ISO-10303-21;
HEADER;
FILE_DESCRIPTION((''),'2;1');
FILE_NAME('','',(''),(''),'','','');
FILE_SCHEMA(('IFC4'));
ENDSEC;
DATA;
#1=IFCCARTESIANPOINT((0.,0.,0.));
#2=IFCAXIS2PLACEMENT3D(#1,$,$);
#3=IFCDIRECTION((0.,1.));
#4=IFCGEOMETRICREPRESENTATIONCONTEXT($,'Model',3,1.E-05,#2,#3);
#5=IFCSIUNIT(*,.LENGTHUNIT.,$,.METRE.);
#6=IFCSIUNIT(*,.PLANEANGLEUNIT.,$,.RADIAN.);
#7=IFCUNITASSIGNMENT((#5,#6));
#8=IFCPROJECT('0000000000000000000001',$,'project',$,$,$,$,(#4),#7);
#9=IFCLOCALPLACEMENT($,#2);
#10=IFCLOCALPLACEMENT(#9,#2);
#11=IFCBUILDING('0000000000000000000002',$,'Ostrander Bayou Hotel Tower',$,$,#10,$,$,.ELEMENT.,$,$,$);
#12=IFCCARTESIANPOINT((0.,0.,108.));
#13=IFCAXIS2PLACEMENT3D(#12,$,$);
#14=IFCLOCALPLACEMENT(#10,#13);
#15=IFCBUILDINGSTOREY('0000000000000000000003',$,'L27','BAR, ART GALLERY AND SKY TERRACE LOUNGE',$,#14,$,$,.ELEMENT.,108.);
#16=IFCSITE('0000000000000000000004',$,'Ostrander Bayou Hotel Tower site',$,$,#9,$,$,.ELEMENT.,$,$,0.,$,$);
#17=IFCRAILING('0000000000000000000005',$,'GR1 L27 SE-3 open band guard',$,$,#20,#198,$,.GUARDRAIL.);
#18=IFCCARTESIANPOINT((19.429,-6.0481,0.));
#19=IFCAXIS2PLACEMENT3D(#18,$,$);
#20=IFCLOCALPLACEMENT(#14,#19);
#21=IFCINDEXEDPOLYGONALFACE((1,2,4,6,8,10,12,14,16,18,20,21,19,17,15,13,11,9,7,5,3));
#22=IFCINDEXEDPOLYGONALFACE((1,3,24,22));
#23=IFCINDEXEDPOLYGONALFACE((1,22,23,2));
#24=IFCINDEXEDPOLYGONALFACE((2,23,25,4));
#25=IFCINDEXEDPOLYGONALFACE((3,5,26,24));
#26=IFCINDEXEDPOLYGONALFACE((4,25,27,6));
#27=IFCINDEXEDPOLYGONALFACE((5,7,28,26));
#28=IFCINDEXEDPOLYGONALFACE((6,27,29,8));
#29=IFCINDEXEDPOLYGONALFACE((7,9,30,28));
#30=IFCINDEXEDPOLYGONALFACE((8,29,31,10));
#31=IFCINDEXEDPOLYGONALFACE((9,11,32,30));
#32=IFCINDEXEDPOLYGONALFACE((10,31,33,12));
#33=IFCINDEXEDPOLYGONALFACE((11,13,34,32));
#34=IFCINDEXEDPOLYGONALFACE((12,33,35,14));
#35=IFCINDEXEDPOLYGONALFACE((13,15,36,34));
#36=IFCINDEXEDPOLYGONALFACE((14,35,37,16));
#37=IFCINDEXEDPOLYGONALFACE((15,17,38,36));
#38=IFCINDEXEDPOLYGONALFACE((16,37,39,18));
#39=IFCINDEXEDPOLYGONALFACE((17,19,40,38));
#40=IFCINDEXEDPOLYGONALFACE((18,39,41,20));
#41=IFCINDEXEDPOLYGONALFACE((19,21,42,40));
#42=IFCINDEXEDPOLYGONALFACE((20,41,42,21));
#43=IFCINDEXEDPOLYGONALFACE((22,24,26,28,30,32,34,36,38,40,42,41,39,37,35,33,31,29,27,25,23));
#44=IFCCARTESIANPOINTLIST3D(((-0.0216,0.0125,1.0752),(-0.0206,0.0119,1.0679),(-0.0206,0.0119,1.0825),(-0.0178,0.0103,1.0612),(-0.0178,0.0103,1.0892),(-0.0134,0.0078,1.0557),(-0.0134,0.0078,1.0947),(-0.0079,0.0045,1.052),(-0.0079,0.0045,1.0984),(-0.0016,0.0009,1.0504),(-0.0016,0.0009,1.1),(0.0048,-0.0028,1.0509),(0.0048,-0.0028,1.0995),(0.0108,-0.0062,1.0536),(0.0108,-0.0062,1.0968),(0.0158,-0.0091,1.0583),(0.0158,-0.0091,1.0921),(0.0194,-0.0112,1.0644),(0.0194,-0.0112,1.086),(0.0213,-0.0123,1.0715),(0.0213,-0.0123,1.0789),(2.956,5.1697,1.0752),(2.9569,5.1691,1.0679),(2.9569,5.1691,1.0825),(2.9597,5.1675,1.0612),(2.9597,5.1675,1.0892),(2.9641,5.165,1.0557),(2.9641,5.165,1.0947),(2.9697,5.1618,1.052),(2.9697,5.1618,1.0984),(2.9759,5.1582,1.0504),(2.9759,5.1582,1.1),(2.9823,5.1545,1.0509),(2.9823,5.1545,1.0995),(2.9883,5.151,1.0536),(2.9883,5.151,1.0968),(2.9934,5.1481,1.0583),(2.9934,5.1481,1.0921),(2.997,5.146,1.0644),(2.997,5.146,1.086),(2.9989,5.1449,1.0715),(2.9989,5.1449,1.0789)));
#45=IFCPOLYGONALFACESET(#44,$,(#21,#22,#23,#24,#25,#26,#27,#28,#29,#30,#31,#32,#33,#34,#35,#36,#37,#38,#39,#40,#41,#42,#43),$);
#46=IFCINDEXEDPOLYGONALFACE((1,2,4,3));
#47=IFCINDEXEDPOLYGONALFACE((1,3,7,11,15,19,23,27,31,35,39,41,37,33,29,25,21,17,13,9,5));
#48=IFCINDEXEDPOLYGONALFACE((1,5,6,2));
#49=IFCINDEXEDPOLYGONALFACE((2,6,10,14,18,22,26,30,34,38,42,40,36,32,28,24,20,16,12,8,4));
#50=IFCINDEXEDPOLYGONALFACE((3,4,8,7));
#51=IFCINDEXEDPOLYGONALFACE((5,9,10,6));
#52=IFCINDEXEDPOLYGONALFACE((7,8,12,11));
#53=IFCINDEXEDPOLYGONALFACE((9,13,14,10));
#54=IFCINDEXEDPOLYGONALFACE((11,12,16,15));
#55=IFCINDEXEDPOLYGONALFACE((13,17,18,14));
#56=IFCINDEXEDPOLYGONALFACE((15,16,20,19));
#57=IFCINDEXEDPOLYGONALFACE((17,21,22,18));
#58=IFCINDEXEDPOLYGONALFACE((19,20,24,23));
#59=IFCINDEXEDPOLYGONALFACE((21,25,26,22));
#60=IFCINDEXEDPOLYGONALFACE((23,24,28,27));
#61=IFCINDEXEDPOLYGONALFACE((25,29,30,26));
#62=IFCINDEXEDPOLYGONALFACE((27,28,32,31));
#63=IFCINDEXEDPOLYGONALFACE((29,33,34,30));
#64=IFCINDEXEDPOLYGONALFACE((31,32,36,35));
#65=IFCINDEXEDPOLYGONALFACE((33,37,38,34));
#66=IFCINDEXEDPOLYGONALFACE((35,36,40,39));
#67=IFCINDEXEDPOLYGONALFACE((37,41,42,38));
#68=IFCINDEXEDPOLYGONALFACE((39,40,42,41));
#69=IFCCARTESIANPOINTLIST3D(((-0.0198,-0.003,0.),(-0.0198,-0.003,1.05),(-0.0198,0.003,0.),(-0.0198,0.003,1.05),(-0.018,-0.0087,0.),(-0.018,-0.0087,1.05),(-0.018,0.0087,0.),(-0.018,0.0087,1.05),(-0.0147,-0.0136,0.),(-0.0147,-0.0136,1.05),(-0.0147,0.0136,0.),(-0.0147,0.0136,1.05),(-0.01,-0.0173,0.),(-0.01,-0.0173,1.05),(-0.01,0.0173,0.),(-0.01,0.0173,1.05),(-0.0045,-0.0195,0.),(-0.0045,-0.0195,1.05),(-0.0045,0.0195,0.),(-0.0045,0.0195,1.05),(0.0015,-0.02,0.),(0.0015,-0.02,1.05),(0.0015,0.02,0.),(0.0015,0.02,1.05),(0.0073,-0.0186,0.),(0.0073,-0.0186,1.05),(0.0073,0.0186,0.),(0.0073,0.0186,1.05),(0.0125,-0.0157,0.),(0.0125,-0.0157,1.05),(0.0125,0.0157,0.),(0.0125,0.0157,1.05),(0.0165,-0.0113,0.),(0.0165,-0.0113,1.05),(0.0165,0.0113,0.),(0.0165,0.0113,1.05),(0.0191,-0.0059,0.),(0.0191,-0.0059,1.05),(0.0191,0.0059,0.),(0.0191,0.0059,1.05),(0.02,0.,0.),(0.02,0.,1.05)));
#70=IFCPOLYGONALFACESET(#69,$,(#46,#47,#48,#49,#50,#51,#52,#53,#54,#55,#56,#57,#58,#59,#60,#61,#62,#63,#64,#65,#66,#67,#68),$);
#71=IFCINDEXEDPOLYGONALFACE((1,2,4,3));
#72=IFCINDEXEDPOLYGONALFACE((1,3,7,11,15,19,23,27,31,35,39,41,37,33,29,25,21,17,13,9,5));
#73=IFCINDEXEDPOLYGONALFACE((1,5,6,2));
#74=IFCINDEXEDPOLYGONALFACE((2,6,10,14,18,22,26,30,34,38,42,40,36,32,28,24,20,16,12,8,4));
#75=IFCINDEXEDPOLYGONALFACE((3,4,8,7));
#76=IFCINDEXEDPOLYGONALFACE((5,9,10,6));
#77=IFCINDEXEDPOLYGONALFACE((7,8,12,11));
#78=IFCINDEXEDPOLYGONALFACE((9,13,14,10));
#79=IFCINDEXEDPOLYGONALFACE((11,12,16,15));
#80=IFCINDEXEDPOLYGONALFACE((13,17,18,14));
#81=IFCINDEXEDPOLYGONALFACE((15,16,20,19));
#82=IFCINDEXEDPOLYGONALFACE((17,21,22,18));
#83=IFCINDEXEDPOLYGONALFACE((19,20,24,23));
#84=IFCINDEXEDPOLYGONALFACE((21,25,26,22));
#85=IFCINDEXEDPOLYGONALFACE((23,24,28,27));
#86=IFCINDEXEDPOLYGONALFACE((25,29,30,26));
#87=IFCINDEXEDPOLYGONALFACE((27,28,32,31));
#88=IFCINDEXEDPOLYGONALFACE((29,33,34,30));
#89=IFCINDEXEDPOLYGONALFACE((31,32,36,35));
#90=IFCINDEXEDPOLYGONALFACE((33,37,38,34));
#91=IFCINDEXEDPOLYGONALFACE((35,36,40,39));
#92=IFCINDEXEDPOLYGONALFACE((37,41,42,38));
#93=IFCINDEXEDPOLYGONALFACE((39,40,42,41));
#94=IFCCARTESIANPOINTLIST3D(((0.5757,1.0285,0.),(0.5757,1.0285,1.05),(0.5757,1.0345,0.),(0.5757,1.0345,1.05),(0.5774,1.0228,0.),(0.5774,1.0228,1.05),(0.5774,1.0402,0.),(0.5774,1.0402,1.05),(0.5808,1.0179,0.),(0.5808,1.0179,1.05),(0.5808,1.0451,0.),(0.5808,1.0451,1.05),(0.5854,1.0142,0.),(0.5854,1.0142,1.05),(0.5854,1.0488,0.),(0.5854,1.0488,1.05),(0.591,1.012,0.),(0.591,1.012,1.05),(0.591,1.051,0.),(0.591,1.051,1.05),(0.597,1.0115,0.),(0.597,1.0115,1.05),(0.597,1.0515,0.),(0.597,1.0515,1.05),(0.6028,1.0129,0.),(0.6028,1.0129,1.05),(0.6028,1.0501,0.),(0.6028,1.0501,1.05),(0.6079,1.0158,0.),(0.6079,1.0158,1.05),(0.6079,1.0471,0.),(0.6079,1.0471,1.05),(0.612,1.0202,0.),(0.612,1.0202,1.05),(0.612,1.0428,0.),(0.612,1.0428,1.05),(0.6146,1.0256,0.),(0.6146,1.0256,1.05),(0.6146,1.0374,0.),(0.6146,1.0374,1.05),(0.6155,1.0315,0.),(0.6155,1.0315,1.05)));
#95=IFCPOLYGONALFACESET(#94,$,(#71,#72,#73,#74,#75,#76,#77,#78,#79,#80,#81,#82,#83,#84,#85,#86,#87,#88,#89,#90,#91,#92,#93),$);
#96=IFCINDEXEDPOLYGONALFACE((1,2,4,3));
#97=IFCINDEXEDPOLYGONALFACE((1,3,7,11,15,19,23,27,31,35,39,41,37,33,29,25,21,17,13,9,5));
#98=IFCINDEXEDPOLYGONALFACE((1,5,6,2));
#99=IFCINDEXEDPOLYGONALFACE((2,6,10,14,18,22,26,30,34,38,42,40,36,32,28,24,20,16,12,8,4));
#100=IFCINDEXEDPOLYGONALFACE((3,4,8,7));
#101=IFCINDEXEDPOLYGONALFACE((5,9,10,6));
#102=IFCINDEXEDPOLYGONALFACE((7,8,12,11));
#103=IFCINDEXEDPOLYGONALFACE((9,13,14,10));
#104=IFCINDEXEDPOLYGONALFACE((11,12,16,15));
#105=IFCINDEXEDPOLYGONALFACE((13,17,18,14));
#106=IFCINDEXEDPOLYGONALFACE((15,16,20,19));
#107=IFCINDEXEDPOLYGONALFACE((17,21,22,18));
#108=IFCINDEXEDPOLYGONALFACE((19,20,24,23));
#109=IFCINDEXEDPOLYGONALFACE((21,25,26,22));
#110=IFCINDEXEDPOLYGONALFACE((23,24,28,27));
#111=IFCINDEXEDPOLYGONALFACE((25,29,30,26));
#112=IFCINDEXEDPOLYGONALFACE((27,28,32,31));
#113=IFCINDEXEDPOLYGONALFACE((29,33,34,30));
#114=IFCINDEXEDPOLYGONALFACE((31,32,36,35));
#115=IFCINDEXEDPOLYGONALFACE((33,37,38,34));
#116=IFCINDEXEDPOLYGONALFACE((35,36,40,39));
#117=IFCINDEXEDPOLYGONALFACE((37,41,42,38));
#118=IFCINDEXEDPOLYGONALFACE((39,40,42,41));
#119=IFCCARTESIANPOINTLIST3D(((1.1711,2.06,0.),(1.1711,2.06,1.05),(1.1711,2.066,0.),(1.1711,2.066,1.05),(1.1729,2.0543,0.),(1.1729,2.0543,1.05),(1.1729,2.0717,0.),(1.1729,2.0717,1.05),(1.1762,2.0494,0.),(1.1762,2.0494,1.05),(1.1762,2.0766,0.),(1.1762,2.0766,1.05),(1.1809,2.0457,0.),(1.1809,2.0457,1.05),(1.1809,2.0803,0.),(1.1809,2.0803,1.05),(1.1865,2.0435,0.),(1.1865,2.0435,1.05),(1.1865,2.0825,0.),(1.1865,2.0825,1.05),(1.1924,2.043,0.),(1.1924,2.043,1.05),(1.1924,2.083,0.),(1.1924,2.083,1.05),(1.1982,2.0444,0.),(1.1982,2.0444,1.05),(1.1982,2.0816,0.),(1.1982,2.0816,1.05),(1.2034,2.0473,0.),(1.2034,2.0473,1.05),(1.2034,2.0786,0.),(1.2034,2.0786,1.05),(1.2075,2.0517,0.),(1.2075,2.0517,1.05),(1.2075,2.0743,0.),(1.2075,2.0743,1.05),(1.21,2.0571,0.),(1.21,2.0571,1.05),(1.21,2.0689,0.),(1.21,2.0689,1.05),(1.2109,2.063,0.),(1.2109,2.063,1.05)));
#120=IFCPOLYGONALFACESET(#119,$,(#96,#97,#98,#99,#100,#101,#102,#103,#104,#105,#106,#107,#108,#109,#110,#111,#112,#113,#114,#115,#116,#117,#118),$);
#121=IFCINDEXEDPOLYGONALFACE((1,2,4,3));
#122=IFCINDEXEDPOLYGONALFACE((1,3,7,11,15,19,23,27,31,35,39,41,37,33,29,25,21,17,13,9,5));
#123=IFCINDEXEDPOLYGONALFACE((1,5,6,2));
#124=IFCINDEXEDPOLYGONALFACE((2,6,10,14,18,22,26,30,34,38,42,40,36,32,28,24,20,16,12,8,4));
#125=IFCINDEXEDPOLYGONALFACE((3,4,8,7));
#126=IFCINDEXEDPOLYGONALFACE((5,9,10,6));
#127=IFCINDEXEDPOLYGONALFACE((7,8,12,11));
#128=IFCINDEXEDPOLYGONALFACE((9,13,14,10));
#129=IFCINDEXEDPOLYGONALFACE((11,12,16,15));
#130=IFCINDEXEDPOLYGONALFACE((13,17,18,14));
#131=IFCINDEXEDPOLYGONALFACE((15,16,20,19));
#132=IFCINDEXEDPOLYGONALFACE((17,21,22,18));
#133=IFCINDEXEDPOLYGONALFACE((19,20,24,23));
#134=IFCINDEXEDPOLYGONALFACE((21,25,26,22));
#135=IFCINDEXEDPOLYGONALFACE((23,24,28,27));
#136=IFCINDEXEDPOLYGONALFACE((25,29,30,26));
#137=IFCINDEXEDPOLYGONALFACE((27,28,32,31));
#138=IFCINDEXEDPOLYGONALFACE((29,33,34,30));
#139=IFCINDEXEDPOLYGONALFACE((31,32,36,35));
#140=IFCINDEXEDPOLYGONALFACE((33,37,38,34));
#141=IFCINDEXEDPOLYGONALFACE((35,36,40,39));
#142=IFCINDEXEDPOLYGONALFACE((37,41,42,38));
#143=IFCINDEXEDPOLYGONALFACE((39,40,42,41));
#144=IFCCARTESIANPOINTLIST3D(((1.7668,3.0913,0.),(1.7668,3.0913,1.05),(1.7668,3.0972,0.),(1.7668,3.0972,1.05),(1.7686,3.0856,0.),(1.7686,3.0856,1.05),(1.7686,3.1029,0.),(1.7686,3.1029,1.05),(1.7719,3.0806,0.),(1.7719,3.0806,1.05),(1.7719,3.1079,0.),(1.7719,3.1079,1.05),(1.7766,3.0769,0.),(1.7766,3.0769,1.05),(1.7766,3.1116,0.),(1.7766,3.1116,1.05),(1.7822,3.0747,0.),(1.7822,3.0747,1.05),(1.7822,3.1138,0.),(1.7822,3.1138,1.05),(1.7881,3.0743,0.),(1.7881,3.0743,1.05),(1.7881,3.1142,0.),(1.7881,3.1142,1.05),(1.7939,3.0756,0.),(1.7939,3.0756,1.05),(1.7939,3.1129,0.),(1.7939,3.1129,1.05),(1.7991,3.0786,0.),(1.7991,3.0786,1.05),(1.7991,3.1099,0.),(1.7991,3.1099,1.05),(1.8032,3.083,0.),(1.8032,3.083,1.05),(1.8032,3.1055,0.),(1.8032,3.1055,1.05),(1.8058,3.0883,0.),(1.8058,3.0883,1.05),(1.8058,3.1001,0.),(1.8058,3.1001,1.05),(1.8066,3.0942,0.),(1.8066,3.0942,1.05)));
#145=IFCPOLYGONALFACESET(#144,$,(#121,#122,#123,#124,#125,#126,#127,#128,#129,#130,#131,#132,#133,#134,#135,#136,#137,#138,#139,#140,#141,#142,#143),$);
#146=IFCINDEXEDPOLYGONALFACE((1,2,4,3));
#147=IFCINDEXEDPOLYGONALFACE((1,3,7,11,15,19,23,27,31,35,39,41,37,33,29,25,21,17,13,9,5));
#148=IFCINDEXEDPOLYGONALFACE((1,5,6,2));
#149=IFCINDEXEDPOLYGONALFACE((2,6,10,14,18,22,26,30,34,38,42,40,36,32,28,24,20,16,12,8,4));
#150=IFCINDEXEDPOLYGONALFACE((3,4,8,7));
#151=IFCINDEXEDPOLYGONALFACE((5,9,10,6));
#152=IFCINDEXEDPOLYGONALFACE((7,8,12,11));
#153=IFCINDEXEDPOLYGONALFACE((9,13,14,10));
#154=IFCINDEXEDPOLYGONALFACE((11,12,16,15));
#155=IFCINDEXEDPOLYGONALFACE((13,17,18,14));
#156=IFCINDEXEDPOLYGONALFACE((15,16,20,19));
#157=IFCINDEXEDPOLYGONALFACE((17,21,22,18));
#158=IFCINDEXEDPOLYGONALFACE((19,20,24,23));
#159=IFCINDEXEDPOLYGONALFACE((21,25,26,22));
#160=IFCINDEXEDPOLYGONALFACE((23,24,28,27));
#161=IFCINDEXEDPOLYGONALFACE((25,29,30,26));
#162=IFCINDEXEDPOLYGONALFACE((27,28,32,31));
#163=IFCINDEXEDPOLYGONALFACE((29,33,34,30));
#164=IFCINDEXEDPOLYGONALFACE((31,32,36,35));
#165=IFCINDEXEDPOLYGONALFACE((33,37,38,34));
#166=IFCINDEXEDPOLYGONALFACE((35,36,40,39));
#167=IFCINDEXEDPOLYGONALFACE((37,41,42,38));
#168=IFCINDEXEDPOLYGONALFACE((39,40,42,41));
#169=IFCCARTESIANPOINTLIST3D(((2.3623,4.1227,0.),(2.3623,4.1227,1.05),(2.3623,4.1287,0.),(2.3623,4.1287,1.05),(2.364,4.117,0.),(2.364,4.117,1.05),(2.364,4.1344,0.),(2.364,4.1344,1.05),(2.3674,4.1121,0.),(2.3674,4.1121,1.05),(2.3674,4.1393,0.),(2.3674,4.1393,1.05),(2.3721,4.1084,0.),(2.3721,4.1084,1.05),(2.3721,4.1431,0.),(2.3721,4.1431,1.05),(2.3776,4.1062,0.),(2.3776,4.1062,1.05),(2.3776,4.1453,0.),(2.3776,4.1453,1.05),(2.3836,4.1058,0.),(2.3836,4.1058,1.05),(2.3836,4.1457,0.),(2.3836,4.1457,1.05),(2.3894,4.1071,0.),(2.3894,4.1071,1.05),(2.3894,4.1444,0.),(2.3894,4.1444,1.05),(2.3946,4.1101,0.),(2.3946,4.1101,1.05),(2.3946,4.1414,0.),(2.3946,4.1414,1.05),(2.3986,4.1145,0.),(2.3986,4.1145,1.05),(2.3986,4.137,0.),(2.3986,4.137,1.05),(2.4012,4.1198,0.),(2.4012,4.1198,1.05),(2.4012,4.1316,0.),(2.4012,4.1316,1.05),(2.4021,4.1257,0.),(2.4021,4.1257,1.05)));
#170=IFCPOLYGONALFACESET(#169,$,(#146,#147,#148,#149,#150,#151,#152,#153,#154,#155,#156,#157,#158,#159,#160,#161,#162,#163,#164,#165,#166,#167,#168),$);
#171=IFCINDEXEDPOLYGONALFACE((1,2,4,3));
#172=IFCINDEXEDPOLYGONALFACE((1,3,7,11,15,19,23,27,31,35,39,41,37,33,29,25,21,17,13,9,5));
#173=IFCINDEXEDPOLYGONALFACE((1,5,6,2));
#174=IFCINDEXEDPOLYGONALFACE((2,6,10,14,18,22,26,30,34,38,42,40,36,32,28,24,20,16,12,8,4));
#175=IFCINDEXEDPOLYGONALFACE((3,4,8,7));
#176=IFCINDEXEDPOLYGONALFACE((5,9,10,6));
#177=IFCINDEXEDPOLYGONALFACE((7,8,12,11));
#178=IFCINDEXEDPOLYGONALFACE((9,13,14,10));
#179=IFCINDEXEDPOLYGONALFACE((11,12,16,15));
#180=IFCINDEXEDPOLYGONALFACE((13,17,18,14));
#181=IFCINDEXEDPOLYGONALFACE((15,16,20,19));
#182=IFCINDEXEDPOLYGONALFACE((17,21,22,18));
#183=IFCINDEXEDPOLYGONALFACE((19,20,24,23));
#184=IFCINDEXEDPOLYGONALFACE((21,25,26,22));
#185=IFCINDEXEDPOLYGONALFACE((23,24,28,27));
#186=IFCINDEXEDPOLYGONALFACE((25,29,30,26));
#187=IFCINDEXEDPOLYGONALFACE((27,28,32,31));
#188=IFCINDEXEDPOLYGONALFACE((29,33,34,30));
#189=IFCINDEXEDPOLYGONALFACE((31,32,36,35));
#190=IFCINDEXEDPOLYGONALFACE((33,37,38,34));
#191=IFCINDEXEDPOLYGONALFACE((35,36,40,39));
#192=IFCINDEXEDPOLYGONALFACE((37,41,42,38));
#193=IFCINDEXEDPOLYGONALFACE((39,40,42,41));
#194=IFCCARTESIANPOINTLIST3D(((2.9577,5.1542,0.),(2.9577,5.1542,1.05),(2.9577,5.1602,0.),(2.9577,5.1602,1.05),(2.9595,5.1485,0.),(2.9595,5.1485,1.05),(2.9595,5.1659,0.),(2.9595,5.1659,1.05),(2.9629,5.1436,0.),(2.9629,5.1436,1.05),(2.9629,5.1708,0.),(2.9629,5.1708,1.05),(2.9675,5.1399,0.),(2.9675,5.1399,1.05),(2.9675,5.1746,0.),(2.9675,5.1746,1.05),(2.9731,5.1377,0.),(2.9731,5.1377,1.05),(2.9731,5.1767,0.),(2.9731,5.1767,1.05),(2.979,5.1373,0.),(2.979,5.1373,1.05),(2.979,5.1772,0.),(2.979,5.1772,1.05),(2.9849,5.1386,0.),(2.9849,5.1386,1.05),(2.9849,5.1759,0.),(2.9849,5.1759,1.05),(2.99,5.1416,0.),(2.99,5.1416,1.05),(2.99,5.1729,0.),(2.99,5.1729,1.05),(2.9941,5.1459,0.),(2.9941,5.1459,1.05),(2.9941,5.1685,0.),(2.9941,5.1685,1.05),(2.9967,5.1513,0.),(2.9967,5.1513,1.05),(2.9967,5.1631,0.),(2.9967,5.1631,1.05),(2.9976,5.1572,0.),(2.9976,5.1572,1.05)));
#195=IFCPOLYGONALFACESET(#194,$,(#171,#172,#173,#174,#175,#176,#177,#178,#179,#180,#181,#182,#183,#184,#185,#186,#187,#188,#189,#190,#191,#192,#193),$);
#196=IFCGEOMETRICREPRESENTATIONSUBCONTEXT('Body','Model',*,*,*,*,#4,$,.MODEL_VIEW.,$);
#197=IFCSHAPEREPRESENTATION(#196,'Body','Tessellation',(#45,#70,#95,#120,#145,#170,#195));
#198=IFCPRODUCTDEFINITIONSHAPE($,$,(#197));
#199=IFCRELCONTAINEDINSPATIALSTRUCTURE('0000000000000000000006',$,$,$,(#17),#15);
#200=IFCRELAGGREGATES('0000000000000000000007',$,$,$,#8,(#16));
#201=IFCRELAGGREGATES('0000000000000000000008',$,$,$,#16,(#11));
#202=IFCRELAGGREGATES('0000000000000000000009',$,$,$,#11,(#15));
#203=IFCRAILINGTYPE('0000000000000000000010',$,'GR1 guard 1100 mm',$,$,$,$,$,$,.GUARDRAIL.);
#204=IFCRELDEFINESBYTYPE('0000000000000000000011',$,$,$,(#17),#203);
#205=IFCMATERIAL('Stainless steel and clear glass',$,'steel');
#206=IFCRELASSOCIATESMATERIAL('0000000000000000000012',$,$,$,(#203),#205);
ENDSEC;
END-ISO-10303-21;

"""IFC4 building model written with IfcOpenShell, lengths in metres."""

from ifc_helpers import new_model, si_unit, direction, frame, origin, origin_2d, place, context, subcontext, project, spatial, circle, extrude, material, type_object, element, save


model = new_model("IFC4")

# Units and contexts
model_context = context("Model", 3, precision=1e-05, world=origin(), true_north=direction((0.0, 1.0)))
body_context = subcontext(model_context, "Body", "Model", "MODEL_VIEW")
ifc_project = project(units=[si_unit("LENGTHUNIT", "METRE"), si_unit("PLANEANGLEUNIT", "RADIAN")], contexts=[model_context])

# Site, building, storey
site_placement = place(None, origin())
site = spatial("IfcSite", under=ifc_project, at=site_placement, Name="Ostrander Bayou Hotel Tower site", CompositionType="ELEMENT", RefElevation=0.0)
building_placement = place(site_placement, origin())
building = spatial("IfcBuilding", under=site, at=building_placement, Name="Ostrander Bayou Hotel Tower", CompositionType="ELEMENT")
storey_placement = place(building_placement, frame((0.0, 0.0, 108.0)))
storey = spatial("IfcBuildingStorey", under=building, at=storey_placement, Name="L27", Description="BAR, ART GALLERY AND SKY TERRACE LOUNGE", CompositionType="ELEMENT", Elevation=108.0)

# Railing
ifc_material_1 = material(Name="Stainless steel and clear glass", Category="steel")
railing_type_1 = type_object("IfcRailingType", Name="GR1 guard 1100 mm", PredefinedType="GUARDRAIL", material=ifc_material_1)
railing_1_placement = place(storey_placement, frame((19.429, -6.0481, 0.0)))
element("IfcRailing", 1, at=railing_1_placement, inside=storey, type_object=railing_type_1, Name="GR1 L27 SE-3 open band guard", PredefinedType="GUARDRAIL", context=body_context, shape_type="SweptSolid", body=[
    extrude(circle(Radius=0.0249, at=origin_2d()), frame((0.0, 0.0, 1.0752), z_axis=(0.500002, 0.866024, 0.0), x_axis=(-0.866024, 0.500002, 0.0)), (0.0, 0.0, 1.0), 5.9551),
    extrude(circle(Radius=0.02, at=origin_2d()), origin(), (0.0, 0.0, 1.0), 1.05),
    extrude(circle(Radius=0.02, at=origin_2d()), frame((0.5955, 1.0315, 0.0)), (0.0, 0.0, 1.0), 1.05),
    extrude(circle(Radius=0.02, at=origin_2d()), frame((1.1909, 2.063, 0.0)), (0.0, 0.0, 1.0), 1.05),
    extrude(circle(Radius=0.02, at=origin_2d()), frame((1.7866, 3.0942, 0.0)), (0.0, 0.0, 1.0), 1.05),
    extrude(circle(Radius=0.02, at=origin_2d()), frame((2.3821, 4.1257, 0.0)), (0.0, 0.0, 1.0), 1.05),
    extrude(circle(Radius=0.02, at=origin_2d()), frame((2.9775, 5.1572, 0.0)), (0.0, 0.0, 1.0), 1.05),
])

save(model, "model.ifc")
